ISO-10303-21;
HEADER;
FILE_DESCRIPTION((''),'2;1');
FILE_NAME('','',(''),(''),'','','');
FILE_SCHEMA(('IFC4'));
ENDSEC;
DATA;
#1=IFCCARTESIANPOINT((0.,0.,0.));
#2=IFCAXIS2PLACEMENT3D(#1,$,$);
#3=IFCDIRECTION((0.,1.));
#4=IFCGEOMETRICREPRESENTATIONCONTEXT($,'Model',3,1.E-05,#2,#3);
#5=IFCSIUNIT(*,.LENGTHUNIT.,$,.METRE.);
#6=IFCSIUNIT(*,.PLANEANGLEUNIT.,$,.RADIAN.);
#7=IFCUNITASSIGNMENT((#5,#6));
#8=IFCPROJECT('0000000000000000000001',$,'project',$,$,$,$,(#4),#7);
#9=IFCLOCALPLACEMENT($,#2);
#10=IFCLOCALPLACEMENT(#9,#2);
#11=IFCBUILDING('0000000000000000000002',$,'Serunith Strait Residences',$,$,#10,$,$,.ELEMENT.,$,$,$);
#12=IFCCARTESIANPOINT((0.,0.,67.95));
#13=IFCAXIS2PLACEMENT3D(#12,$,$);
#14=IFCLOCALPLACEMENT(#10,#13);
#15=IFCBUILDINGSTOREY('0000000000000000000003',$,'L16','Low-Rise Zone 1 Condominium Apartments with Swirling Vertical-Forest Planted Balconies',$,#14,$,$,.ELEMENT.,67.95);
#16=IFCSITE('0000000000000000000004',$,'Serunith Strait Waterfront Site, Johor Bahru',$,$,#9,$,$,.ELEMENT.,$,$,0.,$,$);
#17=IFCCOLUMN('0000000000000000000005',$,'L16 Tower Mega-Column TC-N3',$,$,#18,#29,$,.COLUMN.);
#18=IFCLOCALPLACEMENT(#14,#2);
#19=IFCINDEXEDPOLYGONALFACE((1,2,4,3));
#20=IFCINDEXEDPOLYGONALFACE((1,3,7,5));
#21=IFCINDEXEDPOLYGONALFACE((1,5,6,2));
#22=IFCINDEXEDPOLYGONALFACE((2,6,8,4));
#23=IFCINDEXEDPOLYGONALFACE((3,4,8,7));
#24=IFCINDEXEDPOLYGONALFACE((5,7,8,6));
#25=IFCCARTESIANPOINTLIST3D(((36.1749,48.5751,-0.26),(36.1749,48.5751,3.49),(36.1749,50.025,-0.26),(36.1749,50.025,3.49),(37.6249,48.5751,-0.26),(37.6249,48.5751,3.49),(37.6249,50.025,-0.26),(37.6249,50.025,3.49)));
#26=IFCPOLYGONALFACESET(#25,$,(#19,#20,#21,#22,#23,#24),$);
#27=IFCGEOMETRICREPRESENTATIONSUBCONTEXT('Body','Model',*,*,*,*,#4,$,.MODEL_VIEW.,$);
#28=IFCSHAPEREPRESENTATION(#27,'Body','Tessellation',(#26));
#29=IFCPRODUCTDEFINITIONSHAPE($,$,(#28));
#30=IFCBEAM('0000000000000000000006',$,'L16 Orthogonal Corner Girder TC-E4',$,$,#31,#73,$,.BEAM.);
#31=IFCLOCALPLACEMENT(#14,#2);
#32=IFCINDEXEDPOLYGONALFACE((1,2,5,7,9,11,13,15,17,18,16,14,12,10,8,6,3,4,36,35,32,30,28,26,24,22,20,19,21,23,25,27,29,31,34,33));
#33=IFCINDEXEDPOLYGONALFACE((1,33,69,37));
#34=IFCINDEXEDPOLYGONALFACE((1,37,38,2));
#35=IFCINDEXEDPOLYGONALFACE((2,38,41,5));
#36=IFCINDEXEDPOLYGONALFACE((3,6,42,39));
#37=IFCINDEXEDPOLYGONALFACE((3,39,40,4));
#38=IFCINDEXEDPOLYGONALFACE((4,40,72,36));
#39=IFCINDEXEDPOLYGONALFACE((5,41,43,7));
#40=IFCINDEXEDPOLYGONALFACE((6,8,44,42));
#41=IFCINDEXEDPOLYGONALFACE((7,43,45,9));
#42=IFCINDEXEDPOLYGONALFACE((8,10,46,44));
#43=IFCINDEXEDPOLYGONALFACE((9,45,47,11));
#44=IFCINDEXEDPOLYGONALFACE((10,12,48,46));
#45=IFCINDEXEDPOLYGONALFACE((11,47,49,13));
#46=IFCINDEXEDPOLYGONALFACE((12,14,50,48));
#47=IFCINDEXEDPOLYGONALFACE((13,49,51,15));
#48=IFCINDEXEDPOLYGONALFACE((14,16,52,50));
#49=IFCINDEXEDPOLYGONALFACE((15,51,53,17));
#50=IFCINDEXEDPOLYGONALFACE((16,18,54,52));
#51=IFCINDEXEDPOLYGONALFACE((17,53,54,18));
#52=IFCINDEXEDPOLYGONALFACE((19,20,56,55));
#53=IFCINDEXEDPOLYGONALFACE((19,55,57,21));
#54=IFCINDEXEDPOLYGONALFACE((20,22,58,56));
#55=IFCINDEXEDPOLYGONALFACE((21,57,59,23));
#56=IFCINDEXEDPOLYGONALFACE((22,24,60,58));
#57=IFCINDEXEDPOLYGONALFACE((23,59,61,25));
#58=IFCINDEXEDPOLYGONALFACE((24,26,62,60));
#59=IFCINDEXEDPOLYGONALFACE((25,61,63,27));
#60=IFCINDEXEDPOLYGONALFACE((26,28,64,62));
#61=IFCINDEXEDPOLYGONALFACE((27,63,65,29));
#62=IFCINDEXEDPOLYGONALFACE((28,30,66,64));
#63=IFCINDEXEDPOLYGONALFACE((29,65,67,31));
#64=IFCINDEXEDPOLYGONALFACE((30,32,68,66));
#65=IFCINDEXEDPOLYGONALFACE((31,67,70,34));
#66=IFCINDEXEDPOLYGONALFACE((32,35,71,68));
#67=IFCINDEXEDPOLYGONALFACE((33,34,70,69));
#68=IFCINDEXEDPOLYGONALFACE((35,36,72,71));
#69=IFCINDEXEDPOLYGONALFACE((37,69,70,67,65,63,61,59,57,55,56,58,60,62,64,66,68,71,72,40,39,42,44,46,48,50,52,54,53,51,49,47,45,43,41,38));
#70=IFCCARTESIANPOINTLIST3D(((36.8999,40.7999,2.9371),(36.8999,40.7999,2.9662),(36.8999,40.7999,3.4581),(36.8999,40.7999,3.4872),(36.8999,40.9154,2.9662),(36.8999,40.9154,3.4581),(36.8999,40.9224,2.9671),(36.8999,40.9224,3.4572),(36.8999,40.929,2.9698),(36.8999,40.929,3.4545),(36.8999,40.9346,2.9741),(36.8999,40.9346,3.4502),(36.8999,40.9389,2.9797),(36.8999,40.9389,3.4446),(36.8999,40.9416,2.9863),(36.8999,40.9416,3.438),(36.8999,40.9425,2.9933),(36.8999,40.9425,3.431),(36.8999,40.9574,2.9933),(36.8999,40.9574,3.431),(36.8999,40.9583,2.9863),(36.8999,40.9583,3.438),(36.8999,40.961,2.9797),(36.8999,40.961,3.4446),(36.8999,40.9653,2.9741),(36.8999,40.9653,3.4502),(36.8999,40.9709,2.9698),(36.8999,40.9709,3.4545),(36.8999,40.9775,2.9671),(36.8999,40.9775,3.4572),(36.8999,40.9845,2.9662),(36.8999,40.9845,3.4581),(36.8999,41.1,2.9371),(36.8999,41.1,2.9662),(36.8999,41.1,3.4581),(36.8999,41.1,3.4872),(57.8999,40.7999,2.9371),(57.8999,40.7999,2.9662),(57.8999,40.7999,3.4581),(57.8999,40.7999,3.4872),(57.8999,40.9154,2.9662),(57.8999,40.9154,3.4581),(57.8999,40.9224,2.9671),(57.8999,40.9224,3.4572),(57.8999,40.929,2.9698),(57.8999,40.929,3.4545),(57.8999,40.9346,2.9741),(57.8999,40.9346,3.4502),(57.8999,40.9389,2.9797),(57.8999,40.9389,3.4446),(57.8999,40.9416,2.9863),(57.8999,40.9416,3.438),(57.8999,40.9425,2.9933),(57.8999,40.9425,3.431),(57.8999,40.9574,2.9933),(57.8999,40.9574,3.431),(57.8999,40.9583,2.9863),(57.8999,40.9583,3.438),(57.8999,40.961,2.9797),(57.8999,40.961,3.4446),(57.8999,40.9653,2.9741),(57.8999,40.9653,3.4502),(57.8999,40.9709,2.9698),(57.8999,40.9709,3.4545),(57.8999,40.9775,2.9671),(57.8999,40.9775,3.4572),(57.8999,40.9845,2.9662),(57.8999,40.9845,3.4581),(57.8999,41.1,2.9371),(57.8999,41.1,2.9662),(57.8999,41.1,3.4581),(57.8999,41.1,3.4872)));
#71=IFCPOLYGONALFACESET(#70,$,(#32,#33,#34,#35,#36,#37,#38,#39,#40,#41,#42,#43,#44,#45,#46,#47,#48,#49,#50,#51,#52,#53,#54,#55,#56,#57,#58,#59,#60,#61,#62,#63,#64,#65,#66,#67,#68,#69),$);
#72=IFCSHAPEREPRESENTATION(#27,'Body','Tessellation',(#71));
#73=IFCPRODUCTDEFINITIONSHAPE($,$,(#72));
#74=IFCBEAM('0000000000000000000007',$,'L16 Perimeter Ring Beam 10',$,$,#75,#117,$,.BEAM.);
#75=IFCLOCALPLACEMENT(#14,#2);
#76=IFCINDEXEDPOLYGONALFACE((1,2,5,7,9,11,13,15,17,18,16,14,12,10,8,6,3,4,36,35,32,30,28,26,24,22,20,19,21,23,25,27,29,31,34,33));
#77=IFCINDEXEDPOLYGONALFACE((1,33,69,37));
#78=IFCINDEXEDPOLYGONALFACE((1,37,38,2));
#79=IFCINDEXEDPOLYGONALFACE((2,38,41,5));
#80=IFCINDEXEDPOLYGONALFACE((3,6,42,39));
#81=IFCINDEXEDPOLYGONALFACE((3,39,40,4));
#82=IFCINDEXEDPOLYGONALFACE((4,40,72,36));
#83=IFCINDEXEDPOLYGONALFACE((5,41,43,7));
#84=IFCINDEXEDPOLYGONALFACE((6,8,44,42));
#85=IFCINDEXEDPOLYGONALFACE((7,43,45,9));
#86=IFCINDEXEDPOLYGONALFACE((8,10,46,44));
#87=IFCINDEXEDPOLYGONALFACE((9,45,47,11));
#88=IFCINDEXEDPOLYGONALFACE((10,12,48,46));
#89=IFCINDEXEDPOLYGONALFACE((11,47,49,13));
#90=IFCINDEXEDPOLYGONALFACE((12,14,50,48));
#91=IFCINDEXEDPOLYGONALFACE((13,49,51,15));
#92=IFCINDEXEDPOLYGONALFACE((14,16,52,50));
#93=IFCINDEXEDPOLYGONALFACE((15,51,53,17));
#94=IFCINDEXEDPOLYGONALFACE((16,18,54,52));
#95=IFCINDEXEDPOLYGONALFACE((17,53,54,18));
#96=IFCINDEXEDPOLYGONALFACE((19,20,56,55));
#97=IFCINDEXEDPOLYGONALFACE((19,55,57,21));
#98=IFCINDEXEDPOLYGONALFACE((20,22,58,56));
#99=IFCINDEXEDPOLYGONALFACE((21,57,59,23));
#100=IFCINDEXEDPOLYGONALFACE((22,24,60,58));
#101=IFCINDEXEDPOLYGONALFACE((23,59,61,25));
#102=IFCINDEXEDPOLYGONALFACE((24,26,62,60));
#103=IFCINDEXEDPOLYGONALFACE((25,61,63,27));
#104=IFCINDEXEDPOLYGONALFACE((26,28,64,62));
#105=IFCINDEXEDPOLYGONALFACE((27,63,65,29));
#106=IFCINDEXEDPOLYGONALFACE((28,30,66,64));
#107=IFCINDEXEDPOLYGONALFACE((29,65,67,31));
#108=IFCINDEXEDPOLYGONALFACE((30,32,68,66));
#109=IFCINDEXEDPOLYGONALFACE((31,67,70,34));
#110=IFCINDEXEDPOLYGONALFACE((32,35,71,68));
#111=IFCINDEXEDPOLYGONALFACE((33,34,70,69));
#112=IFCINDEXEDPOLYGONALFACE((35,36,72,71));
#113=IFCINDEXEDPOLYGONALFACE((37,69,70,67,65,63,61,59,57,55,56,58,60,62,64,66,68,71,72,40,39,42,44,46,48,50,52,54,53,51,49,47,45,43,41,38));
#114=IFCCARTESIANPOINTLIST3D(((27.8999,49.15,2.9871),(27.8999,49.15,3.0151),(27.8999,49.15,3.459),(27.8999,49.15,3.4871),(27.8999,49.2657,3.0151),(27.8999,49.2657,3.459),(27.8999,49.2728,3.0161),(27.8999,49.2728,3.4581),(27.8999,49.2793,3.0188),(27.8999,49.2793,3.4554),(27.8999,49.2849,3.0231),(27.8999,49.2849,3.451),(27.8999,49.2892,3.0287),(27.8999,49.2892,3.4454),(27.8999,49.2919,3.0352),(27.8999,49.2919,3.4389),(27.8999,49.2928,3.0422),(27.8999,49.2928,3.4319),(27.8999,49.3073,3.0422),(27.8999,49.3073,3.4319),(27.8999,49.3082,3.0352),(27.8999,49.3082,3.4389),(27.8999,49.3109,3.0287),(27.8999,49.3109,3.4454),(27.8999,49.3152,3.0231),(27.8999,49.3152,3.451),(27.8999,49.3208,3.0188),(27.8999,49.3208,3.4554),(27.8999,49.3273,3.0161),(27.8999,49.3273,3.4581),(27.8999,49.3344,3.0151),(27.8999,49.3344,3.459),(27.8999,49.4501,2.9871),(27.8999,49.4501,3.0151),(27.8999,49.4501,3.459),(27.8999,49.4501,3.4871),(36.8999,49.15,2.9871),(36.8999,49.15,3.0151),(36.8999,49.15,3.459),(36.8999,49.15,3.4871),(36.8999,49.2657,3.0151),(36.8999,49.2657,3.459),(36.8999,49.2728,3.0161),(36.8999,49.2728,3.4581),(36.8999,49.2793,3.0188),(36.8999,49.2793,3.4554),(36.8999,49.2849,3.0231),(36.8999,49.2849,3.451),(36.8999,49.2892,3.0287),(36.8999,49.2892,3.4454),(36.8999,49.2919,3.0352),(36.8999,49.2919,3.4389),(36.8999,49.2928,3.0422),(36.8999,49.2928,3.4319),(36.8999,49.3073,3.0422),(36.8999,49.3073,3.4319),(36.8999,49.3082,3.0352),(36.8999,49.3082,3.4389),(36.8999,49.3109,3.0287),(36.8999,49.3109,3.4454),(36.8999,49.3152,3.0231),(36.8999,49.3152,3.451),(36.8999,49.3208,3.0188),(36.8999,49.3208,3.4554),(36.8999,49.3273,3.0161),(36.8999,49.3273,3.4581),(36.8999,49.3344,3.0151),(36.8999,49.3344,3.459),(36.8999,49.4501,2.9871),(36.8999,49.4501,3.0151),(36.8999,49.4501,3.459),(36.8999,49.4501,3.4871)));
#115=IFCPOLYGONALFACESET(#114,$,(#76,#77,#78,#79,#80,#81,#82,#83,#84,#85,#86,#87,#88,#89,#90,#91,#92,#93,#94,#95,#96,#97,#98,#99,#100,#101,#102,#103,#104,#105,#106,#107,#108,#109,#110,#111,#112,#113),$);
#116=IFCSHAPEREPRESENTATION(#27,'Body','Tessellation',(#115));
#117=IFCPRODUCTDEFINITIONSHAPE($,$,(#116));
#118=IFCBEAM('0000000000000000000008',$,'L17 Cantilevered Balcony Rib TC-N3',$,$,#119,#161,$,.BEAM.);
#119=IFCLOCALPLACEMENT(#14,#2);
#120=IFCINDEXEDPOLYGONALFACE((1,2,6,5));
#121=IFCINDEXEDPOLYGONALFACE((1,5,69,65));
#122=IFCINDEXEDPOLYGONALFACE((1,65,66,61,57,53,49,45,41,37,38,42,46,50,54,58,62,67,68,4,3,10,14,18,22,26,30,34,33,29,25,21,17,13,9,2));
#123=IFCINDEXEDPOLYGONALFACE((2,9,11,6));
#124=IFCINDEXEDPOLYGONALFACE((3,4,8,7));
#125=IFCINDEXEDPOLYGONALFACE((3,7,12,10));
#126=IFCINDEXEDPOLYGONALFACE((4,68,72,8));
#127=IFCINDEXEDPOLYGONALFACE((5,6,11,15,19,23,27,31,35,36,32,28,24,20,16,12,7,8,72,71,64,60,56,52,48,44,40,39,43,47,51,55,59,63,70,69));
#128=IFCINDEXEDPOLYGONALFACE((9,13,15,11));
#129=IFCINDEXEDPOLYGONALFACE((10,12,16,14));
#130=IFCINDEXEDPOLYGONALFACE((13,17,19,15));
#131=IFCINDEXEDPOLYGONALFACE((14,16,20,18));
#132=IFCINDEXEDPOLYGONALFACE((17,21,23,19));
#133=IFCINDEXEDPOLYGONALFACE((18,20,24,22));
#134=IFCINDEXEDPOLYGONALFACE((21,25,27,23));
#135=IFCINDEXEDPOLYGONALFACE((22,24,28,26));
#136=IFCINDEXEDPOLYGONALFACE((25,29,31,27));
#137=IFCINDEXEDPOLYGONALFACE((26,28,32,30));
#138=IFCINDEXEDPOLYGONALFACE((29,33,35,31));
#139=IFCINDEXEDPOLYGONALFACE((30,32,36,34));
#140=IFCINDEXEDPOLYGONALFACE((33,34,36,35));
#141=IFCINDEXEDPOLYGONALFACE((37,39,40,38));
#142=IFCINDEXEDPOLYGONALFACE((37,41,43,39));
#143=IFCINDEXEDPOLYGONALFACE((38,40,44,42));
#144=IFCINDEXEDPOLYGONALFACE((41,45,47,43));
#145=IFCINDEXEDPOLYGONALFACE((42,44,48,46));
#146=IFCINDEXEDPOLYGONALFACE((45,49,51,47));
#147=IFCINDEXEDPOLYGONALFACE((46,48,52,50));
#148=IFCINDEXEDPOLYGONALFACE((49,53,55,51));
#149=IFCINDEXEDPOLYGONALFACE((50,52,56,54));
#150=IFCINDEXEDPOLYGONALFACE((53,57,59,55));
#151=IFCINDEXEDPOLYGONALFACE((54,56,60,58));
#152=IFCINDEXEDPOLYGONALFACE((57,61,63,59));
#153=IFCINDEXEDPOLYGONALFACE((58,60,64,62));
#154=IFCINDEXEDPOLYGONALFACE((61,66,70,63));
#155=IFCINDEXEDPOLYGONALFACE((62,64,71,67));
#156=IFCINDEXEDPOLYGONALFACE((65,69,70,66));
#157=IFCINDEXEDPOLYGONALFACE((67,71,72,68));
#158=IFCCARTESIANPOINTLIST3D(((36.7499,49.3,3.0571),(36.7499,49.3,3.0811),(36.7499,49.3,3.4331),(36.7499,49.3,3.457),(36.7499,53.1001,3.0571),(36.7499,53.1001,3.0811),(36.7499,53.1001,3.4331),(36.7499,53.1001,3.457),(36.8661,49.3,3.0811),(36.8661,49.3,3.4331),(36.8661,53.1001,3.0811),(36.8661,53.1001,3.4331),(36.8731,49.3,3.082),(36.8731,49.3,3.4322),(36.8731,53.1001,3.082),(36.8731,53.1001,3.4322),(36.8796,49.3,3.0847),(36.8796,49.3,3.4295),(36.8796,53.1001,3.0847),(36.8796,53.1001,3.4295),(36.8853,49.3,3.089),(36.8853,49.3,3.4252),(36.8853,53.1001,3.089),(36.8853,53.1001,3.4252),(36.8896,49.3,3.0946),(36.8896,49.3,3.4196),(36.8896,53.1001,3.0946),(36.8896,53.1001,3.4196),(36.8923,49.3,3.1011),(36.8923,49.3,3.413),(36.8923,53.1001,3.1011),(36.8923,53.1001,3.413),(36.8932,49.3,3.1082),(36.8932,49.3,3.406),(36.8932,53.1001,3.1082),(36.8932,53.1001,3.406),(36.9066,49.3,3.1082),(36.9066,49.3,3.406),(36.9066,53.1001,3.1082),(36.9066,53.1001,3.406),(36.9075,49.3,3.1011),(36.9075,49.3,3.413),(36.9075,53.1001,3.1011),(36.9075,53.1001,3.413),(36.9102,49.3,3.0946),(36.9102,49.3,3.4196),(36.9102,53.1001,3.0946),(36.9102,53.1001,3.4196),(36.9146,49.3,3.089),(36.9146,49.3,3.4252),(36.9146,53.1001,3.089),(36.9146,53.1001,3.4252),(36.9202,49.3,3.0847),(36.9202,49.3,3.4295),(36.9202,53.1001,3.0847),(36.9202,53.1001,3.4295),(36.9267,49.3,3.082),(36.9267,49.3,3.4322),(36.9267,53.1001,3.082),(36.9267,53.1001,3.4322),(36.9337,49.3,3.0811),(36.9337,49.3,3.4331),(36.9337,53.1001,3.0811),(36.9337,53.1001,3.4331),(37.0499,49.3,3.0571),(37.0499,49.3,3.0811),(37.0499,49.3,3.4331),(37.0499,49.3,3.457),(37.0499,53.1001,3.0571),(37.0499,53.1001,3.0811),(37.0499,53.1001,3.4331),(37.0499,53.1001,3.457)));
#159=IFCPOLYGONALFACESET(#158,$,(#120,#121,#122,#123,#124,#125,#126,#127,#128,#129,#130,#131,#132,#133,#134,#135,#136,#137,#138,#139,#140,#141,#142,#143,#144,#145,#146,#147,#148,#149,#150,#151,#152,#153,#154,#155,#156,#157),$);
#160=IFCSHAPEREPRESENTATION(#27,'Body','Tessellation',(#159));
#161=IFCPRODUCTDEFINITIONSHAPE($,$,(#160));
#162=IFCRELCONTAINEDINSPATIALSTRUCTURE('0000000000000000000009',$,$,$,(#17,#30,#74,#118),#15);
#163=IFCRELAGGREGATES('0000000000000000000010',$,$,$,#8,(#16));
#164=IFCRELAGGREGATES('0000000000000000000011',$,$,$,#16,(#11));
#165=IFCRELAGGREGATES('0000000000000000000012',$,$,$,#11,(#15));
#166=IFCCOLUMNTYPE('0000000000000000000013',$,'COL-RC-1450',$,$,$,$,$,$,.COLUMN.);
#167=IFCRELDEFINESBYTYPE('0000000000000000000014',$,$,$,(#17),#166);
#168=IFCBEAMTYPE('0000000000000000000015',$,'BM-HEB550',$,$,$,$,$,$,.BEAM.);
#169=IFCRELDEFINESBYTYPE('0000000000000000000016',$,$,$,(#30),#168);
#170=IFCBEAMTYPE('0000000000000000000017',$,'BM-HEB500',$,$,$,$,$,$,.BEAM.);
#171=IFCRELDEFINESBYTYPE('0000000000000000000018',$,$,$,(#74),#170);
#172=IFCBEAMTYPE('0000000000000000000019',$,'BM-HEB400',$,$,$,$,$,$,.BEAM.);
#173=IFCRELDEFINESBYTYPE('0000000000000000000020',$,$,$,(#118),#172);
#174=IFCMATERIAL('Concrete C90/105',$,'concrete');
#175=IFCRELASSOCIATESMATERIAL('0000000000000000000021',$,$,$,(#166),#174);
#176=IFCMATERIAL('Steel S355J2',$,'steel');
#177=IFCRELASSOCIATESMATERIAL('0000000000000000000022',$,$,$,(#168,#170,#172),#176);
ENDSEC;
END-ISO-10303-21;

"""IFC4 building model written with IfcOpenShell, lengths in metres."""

from ifc_helpers import new_model, si_unit, direction, frame, origin, origin_2d, place, context, subcontext, project, spatial, rectangle, i_section, extrude, source, transform, mapped, material, material_profile, profile_set, type_object, element, save


model = new_model("IFC4")

# Units and contexts
model_context = context("Model", 3, precision=1e-05, world=origin(), true_north=direction((0.0, 1.0)))
body_context = subcontext(model_context, "Body", "Model", "MODEL_VIEW")
ifc_project = project(units=[si_unit("LENGTHUNIT", "METRE"), si_unit("PLANEANGLEUNIT", "RADIAN")], contexts=[model_context])

# Site, building, storey
site_placement = place(None, origin())
site = spatial("IfcSite", under=ifc_project, at=site_placement, Name="Serunith Strait Waterfront Site, Johor Bahru", CompositionType="ELEMENT", RefElevation=0.0)
building_placement = place(site_placement, origin())
building = spatial("IfcBuilding", under=site, at=building_placement, Name="Serunith Strait Residences", CompositionType="ELEMENT")
storey_placement = place(building_placement, frame((0.0, 0.0, 67.95)))
storey = spatial("IfcBuildingStorey", under=building, at=storey_placement, Name="L16", Description="Low-Rise Zone 1 Condominium Apartments with Swirling Vertical-Forest Planted Balconies", CompositionType="ELEMENT", Elevation=67.95)

# Column
ifc_material_1 = material(Name="Concrete C90/105", Category="concrete")
ifc_material_profile_1 = material_profile(ifc_material_1, rectangle(XDim=1.45, YDim=1.45, at=origin_2d()), Name="RC 1450x1450")
ifc_profile_set_1 = profile_set([ifc_material_profile_1], Name="Concrete C90/105")
column_type = type_object("IfcColumnType", Name="COL-RC-1450", PredefinedType="COLUMN", material=ifc_profile_set_1)
shared_shape_1 = source(origin(), body_context, "Body", "SweptSolid", [
    extrude(rectangle(XDim=1.45, YDim=1.45, at=origin_2d()), origin(), (0.0, 0.0, 1.0), 3.75),
])
column_placement = place(storey_placement, frame((36.8999, 49.3, -0.26), z_axis=(0.0, 0.0, 1.0), x_axis=(1.0, 0.0, 0.0)))
element("IfcColumn", 1, at=column_placement, inside=storey, type_object=column_type, Name="L16 Tower Mega-Column TC-N3", PredefinedType="COLUMN", context=body_context, shape_type="MappedRepresentation", body=[
    mapped(shared_shape_1, transform((0.0, 0.0, 0.0), scale=1.0)),
])

# Beams
ifc_material_2 = material(Name="Steel S355J2", Category="steel")
ifc_material_profile_2 = material_profile(ifc_material_2, i_section(OverallWidth=0.3, OverallDepth=0.55, WebThickness=0.0149, FlangeThickness=0.0291, FilletRadius=0.0271, at=origin_2d()), Name="HEB 550")
ifc_profile_set_2 = profile_set([ifc_material_profile_2], Name="Steel S355J2")
beam_type_1 = type_object("IfcBeamType", Name="BM-HEB550", PredefinedType="BEAM", material=ifc_profile_set_2)
shared_shape_2 = source(origin(), body_context, "Body", "SweptSolid", [
    extrude(i_section(OverallWidth=0.3, OverallDepth=0.55, WebThickness=0.0149, FlangeThickness=0.0291, FilletRadius=0.0271, at=origin_2d()), origin(), (0.0, 0.0, 1.0), 21.0),
])
beam_1_placement = place(storey_placement, frame((36.8999, 40.95, 3.2122), z_axis=(1.0, 0.0, 0.0), x_axis=(0.0, 1.0, 0.0)))
element("IfcBeam", 2, at=beam_1_placement, inside=storey, type_object=beam_type_1, Name="L16 Orthogonal Corner Girder TC-E4", PredefinedType="BEAM", context=body_context, shape_type="MappedRepresentation", body=[
    mapped(shared_shape_2, transform((0.0, 0.0, 0.0), scale=1.0)),
])
ifc_material_profile_3 = material_profile(ifc_material_2, i_section(OverallWidth=0.3, OverallDepth=0.5, WebThickness=0.0144, FlangeThickness=0.0281, FilletRadius=0.0271, at=origin_2d()), Name="HEB 500")
ifc_profile_set_3 = profile_set([ifc_material_profile_3], Name="Steel S355J2")
beam_type_2 = type_object("IfcBeamType", Name="BM-HEB500", PredefinedType="BEAM", material=ifc_profile_set_3)
shared_shape_3 = source(origin(), body_context, "Body", "SweptSolid", [
    extrude(i_section(OverallWidth=0.3, OverallDepth=0.5, WebThickness=0.0144, FlangeThickness=0.0281, FilletRadius=0.0271, at=origin_2d()), origin(), (0.0, 0.0, 1.0), 9.0),
])
beam_2_placement = place(storey_placement, frame((36.8999, 49.3, 3.2371), z_axis=(-1.0, 0.0, 0.0), x_axis=(0.0, -1.0, 0.0)))
element("IfcBeam", 3, at=beam_2_placement, inside=storey, type_object=beam_type_2, Name="L16 Perimeter Ring Beam 10", PredefinedType="BEAM", context=body_context, shape_type="MappedRepresentation", body=[
    mapped(shared_shape_3, transform((0.0, 0.0, 0.0), scale=1.0)),
])
ifc_material_profile_4 = material_profile(ifc_material_2, i_section(OverallWidth=0.3, OverallDepth=0.3999, WebThickness=0.0134, FlangeThickness=0.0239, FilletRadius=0.0271, at=origin_2d()), Name="HEB 400")
ifc_profile_set_4 = profile_set([ifc_material_profile_4], Name="Steel S355J2")
beam_type_3 = type_object("IfcBeamType", Name="BM-HEB400", PredefinedType="BEAM", material=ifc_profile_set_4)
shared_shape_4 = source(origin(), body_context, "Body", "SweptSolid", [
    extrude(i_section(OverallWidth=0.3, OverallDepth=0.3999, WebThickness=0.0134, FlangeThickness=0.0239, FilletRadius=0.0271, at=origin_2d()), origin(), (0.0, 0.0, 1.0), 3.8),
])
beam_3_placement = place(storey_placement, frame((36.8999, 49.3, 3.2571), z_axis=(0.0, 1.0, 0.0), x_axis=(-1.0, 0.0, 0.0)))
element("IfcBeam", 4, at=beam_3_placement, inside=storey, type_object=beam_type_3, Name="L17 Cantilevered Balcony Rib TC-N3", PredefinedType="BEAM", context=body_context, shape_type="MappedRepresentation", body=[
    mapped(shared_shape_4, transform((0.0, 0.0, 0.0), scale=1.0)),
])

save(model, "model.ifc")
